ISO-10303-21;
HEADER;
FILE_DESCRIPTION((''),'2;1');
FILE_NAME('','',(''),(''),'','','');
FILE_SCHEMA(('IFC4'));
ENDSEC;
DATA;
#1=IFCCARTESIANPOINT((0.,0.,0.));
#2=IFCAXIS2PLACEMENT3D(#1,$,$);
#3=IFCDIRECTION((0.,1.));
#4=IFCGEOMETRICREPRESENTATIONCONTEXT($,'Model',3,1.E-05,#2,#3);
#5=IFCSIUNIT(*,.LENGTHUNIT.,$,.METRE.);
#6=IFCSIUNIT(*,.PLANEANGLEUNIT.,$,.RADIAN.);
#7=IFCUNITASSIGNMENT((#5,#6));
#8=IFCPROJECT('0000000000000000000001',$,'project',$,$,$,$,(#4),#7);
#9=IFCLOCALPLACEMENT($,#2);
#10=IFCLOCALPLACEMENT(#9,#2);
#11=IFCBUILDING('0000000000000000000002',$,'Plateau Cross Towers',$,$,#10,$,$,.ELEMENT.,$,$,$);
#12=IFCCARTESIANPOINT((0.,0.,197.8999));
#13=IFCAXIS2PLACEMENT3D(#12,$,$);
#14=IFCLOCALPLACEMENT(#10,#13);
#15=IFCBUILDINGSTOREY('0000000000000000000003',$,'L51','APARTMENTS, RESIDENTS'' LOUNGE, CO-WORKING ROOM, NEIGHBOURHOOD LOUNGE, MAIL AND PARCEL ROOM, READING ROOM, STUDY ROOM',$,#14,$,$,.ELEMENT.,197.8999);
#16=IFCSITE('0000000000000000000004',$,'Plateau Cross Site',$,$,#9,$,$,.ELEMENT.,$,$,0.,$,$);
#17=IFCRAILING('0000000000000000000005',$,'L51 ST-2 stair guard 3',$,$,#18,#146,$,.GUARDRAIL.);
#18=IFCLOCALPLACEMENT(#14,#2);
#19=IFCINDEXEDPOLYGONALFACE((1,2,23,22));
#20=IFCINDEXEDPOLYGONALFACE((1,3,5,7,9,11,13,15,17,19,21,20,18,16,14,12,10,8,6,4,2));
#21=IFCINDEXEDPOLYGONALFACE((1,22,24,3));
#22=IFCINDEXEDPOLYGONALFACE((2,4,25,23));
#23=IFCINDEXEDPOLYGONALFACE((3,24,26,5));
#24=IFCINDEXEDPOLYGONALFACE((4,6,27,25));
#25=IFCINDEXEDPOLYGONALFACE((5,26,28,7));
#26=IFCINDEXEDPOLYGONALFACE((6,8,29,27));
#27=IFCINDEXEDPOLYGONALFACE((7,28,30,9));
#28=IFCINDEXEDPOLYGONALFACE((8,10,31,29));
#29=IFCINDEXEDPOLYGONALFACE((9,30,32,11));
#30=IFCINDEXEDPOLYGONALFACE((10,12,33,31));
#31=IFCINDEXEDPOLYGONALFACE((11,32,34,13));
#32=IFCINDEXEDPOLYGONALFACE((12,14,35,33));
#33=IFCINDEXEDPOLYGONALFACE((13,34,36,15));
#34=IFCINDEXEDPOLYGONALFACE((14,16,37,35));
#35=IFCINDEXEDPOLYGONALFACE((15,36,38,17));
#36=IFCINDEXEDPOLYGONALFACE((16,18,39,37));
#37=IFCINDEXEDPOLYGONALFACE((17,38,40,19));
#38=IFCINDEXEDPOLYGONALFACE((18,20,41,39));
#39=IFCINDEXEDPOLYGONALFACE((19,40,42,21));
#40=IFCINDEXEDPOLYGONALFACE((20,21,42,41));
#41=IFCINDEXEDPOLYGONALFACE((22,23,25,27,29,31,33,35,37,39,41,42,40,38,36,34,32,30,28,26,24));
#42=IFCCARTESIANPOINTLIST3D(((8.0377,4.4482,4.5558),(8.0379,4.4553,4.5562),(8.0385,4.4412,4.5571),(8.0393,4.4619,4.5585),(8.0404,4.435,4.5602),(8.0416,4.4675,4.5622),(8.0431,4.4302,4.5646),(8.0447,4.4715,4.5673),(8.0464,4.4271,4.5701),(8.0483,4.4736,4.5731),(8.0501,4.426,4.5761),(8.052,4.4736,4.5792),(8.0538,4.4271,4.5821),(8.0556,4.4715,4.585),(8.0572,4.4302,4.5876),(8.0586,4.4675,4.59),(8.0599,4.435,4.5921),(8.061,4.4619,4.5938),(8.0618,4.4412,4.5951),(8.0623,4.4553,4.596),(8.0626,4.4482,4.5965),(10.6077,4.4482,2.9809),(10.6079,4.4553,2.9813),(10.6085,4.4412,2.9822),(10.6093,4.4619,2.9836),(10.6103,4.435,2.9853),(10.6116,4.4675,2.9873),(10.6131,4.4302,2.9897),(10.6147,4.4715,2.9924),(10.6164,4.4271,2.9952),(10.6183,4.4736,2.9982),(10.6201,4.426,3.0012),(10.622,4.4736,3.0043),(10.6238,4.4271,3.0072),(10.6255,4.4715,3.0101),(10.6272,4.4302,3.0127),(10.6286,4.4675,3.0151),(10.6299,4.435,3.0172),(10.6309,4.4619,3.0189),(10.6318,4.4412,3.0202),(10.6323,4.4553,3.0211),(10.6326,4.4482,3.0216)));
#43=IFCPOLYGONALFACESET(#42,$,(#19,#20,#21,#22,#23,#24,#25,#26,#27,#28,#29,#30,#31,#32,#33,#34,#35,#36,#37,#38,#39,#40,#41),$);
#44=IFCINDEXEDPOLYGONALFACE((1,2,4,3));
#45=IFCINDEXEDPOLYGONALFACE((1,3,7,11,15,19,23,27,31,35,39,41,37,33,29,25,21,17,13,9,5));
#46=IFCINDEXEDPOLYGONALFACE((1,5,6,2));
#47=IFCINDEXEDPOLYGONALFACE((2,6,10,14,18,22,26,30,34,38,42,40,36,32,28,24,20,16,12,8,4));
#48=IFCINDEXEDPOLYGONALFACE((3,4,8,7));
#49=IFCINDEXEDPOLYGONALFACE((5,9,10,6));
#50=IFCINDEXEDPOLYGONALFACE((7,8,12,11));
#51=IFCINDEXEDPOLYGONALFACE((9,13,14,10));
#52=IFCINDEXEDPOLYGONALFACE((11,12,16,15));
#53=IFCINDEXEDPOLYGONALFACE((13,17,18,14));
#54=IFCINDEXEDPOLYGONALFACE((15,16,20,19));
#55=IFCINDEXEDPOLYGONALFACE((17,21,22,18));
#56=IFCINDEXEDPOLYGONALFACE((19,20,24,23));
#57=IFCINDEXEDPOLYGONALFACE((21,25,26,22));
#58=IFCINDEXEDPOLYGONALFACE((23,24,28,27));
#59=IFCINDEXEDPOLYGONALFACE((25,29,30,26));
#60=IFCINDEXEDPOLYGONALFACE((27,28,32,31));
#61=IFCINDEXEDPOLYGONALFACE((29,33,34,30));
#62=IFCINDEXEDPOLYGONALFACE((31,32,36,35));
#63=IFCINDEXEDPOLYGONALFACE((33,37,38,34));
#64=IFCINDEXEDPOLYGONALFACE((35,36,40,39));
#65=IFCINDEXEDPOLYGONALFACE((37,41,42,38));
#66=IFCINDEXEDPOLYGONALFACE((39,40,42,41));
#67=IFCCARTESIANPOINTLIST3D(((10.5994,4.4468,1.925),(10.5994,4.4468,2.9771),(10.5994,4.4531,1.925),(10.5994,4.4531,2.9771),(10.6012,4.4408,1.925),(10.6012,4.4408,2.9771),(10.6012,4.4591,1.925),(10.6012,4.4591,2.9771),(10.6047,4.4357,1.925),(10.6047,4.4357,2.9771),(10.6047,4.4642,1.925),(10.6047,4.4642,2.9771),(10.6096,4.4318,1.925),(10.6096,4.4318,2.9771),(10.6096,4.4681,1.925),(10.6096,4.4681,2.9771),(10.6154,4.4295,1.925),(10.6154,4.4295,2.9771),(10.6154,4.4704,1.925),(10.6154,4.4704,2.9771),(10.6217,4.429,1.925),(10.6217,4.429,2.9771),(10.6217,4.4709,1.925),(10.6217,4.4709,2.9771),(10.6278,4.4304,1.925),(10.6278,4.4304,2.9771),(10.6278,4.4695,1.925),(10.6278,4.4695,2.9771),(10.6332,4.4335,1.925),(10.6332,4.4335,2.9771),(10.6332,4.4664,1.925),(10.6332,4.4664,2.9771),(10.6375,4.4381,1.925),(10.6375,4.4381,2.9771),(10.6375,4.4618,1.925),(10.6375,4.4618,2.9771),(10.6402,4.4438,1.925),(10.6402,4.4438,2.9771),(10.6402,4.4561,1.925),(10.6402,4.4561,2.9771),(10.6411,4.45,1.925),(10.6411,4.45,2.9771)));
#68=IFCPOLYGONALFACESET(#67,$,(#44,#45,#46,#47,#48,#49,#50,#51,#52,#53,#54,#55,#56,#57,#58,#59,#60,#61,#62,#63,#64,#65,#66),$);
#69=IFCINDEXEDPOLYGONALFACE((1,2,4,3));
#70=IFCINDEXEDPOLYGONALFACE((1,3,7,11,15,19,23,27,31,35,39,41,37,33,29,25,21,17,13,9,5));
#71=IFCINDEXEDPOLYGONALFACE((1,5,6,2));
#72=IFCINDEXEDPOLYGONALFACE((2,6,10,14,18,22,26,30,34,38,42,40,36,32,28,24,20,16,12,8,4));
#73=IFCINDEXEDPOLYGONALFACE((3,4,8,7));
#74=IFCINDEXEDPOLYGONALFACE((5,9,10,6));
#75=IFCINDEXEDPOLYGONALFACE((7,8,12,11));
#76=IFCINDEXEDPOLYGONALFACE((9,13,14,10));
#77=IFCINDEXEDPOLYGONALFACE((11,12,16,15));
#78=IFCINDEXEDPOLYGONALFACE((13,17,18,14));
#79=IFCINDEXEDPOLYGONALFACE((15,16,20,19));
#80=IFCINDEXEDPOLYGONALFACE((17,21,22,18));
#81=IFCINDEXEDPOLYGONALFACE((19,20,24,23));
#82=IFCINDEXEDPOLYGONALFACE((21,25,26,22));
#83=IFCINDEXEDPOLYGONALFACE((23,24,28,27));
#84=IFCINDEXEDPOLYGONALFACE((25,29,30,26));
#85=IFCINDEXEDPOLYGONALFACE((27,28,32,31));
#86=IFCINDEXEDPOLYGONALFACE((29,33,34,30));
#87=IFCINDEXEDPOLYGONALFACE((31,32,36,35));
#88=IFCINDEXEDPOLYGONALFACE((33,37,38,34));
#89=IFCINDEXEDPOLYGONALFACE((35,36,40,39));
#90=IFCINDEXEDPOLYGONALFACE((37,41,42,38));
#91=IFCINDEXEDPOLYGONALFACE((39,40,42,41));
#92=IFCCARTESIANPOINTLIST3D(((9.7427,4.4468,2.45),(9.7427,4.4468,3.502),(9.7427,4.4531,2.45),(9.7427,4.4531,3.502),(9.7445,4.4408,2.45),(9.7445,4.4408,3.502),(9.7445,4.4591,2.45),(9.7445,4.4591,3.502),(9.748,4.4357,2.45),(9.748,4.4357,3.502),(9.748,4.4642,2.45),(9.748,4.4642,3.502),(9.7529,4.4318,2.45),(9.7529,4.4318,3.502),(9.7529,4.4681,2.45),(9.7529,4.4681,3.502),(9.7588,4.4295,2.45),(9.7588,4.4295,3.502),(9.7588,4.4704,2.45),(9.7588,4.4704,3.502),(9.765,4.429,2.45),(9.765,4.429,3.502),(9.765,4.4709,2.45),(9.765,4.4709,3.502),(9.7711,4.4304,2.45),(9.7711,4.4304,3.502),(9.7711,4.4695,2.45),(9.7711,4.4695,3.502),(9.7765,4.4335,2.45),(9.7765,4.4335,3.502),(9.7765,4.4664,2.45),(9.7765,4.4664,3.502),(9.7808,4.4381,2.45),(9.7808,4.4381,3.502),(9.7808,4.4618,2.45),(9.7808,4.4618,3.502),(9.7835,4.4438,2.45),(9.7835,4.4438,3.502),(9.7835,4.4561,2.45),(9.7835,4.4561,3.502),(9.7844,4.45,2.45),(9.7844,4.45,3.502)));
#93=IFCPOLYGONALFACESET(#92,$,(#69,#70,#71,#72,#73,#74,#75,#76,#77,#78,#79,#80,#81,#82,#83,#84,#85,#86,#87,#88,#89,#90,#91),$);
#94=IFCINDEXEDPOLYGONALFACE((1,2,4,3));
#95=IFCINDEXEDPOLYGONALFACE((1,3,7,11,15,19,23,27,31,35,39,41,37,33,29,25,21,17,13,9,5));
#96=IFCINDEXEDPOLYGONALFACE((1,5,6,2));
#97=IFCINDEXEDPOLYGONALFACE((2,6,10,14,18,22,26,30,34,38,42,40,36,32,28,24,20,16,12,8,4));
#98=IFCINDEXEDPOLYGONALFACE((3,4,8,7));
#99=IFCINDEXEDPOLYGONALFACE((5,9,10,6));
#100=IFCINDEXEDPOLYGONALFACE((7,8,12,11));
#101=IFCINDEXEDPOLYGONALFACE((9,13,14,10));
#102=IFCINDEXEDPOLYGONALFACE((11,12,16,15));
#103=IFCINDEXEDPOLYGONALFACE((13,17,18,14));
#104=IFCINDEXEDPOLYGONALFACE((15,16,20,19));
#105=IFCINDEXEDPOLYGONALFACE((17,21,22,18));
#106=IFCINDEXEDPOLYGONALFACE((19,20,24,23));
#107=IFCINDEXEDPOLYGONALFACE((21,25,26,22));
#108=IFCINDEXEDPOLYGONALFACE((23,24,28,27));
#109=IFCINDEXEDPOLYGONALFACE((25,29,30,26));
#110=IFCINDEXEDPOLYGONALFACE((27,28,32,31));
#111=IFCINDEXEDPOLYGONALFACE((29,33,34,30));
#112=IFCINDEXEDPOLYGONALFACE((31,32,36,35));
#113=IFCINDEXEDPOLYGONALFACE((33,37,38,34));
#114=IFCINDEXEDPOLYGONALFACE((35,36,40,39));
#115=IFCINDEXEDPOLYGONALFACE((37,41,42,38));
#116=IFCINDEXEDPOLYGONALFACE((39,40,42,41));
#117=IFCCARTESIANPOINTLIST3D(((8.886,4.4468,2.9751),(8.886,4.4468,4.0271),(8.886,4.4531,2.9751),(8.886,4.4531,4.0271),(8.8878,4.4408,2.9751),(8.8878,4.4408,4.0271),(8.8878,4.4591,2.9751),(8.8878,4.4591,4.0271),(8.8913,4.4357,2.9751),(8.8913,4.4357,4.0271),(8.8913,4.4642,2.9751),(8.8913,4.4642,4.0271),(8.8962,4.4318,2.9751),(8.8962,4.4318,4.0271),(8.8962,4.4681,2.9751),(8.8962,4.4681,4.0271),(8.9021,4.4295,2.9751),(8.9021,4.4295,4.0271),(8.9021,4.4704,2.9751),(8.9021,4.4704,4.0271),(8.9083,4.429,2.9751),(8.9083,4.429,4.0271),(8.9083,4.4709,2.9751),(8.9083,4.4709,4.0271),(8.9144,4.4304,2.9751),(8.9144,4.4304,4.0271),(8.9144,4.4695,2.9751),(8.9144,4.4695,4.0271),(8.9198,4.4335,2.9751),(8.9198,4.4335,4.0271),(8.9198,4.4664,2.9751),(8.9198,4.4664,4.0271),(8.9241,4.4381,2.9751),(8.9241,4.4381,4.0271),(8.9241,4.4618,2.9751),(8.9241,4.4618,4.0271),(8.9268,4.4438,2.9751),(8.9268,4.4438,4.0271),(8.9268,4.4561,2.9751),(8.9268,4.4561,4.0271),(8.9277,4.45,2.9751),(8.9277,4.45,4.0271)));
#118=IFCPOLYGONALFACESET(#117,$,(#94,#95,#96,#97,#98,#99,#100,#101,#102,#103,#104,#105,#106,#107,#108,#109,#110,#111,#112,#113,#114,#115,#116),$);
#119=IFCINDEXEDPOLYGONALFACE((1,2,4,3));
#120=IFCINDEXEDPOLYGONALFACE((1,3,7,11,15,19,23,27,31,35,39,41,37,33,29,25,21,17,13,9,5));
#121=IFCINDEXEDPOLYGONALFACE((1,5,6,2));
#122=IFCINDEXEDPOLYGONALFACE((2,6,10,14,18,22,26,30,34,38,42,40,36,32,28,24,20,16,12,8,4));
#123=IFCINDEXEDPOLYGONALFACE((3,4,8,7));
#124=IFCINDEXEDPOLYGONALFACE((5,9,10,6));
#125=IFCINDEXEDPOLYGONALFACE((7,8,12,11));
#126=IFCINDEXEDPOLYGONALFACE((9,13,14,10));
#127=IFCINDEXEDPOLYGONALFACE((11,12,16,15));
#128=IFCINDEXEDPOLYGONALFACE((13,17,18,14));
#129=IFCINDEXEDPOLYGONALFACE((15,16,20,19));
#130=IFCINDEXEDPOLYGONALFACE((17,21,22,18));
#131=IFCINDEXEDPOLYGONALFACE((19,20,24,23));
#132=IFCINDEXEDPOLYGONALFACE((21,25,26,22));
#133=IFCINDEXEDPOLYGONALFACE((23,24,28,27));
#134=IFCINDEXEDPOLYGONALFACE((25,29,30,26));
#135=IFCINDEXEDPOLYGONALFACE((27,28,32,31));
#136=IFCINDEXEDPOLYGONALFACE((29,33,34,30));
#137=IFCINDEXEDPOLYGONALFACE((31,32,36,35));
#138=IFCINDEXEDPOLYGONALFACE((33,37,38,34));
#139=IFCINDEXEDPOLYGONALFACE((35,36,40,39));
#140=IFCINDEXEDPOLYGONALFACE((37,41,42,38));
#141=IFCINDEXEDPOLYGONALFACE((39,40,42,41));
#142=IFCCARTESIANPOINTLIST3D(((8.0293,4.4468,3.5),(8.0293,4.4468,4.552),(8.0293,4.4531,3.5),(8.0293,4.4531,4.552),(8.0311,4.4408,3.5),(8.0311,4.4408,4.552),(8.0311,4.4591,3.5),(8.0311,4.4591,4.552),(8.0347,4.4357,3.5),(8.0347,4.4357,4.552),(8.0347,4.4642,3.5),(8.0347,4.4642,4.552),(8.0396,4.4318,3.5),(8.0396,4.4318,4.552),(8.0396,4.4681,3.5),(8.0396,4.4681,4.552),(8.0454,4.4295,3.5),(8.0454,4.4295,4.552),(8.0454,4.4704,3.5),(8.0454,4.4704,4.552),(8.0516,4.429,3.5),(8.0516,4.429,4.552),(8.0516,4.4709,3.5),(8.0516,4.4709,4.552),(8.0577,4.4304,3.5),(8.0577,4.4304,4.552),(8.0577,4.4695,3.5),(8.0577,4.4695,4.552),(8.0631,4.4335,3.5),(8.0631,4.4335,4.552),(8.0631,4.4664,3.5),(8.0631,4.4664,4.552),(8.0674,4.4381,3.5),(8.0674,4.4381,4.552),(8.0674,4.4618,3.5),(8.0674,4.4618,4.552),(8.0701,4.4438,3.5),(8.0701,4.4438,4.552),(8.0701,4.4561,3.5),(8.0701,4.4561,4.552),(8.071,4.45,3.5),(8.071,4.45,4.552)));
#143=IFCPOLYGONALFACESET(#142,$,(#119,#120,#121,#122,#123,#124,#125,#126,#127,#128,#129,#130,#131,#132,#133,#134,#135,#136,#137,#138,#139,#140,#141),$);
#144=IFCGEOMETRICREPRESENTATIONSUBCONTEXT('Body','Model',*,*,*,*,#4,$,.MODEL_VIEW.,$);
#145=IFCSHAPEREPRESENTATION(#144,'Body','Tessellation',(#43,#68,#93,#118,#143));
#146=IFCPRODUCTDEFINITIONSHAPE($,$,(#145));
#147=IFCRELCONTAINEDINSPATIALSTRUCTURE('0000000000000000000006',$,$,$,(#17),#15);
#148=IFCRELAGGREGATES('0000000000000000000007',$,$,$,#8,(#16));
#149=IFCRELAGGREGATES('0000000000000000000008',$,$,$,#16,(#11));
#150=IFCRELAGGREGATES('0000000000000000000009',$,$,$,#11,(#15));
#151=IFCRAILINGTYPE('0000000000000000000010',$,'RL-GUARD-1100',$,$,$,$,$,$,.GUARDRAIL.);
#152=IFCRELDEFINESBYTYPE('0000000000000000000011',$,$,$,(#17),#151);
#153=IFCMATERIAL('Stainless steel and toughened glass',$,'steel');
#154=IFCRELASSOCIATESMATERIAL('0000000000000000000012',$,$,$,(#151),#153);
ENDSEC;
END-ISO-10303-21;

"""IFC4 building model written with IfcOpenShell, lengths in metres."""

from ifc_helpers import new_model, si_unit, direction, frame, origin, origin_2d, place, context, subcontext, project, spatial, circle, extrude, material, type_object, element, save


model = new_model("IFC4")

# Units and contexts
model_context = context("Model", 3, precision=1e-05, world=origin(), true_north=direction((0.0, 1.0)))
body_context = subcontext(model_context, "Body", "Model", "MODEL_VIEW")
ifc_project = project(units=[si_unit("LENGTHUNIT", "METRE"), si_unit("PLANEANGLEUNIT", "RADIAN")], contexts=[model_context])

# Site, building, storey
site_placement = place(None, origin())
site = spatial("IfcSite", under=ifc_project, at=site_placement, Name="Plateau Cross Site", CompositionType="ELEMENT", RefElevation=0.0)
building_placement = place(site_placement, origin())
building = spatial("IfcBuilding", under=site, at=building_placement, Name="Plateau Cross Towers", CompositionType="ELEMENT")
storey_placement = place(building_placement, frame((0.0, 0.0, 197.8999)))
storey = spatial("IfcBuildingStorey", under=building, at=storey_placement, Name="L51", Description="APARTMENTS, RESIDENTS' LOUNGE, CO-WORKING ROOM, NEIGHBOURHOOD LOUNGE, MAIL AND PARCEL ROOM, READING ROOM, STUDY ROOM", CompositionType="ELEMENT", Elevation=197.8999)

# Railing
ifc_material_1 = material(Name="Stainless steel and toughened glass", Category="steel")
railing_type_1 = type_object("IfcRailingType", Name="RL-GUARD-1100", PredefinedType="GUARDRAIL", material=ifc_material_1)
railing_1_placement = place(storey_placement, frame((10.6201, 4.45, 1.925)))
element("IfcRailing", 1, at=railing_1_placement, inside=storey, type_object=railing_type_1, Name="L51 ST-2 stair guard 3", PredefinedType="GUARDRAIL", context=body_context, shape_type="SweptSolid", body=[
    extrude(circle(Radius=0.0239, at=origin_2d()), frame((0.0, 0.0, 1.0762), z_axis=(-0.852639, 0.0, 0.522501), x_axis=(0.0, -1.0, 0.0)), (0.0, 0.0, 1.0), 3.0142),
    extrude(circle(Radius=0.021, at=origin_2d()), origin(), (0.0, 0.0, 1.0), 1.052),
    extrude(circle(Radius=0.021, at=origin_2d()), frame((-0.8567, 0.0, 0.5249)), (0.0, 0.0, 1.0), 1.052),
    extrude(circle(Radius=0.021, at=origin_2d()), frame((-1.7134, 0.0, 1.05)), (0.0, 0.0, 1.0), 1.052),
    extrude(circle(Radius=0.021, at=origin_2d()), frame((-2.5701, 0.0, 1.575)), (0.0, 0.0, 1.0), 1.052),
])

save(model, "model.ifc")
